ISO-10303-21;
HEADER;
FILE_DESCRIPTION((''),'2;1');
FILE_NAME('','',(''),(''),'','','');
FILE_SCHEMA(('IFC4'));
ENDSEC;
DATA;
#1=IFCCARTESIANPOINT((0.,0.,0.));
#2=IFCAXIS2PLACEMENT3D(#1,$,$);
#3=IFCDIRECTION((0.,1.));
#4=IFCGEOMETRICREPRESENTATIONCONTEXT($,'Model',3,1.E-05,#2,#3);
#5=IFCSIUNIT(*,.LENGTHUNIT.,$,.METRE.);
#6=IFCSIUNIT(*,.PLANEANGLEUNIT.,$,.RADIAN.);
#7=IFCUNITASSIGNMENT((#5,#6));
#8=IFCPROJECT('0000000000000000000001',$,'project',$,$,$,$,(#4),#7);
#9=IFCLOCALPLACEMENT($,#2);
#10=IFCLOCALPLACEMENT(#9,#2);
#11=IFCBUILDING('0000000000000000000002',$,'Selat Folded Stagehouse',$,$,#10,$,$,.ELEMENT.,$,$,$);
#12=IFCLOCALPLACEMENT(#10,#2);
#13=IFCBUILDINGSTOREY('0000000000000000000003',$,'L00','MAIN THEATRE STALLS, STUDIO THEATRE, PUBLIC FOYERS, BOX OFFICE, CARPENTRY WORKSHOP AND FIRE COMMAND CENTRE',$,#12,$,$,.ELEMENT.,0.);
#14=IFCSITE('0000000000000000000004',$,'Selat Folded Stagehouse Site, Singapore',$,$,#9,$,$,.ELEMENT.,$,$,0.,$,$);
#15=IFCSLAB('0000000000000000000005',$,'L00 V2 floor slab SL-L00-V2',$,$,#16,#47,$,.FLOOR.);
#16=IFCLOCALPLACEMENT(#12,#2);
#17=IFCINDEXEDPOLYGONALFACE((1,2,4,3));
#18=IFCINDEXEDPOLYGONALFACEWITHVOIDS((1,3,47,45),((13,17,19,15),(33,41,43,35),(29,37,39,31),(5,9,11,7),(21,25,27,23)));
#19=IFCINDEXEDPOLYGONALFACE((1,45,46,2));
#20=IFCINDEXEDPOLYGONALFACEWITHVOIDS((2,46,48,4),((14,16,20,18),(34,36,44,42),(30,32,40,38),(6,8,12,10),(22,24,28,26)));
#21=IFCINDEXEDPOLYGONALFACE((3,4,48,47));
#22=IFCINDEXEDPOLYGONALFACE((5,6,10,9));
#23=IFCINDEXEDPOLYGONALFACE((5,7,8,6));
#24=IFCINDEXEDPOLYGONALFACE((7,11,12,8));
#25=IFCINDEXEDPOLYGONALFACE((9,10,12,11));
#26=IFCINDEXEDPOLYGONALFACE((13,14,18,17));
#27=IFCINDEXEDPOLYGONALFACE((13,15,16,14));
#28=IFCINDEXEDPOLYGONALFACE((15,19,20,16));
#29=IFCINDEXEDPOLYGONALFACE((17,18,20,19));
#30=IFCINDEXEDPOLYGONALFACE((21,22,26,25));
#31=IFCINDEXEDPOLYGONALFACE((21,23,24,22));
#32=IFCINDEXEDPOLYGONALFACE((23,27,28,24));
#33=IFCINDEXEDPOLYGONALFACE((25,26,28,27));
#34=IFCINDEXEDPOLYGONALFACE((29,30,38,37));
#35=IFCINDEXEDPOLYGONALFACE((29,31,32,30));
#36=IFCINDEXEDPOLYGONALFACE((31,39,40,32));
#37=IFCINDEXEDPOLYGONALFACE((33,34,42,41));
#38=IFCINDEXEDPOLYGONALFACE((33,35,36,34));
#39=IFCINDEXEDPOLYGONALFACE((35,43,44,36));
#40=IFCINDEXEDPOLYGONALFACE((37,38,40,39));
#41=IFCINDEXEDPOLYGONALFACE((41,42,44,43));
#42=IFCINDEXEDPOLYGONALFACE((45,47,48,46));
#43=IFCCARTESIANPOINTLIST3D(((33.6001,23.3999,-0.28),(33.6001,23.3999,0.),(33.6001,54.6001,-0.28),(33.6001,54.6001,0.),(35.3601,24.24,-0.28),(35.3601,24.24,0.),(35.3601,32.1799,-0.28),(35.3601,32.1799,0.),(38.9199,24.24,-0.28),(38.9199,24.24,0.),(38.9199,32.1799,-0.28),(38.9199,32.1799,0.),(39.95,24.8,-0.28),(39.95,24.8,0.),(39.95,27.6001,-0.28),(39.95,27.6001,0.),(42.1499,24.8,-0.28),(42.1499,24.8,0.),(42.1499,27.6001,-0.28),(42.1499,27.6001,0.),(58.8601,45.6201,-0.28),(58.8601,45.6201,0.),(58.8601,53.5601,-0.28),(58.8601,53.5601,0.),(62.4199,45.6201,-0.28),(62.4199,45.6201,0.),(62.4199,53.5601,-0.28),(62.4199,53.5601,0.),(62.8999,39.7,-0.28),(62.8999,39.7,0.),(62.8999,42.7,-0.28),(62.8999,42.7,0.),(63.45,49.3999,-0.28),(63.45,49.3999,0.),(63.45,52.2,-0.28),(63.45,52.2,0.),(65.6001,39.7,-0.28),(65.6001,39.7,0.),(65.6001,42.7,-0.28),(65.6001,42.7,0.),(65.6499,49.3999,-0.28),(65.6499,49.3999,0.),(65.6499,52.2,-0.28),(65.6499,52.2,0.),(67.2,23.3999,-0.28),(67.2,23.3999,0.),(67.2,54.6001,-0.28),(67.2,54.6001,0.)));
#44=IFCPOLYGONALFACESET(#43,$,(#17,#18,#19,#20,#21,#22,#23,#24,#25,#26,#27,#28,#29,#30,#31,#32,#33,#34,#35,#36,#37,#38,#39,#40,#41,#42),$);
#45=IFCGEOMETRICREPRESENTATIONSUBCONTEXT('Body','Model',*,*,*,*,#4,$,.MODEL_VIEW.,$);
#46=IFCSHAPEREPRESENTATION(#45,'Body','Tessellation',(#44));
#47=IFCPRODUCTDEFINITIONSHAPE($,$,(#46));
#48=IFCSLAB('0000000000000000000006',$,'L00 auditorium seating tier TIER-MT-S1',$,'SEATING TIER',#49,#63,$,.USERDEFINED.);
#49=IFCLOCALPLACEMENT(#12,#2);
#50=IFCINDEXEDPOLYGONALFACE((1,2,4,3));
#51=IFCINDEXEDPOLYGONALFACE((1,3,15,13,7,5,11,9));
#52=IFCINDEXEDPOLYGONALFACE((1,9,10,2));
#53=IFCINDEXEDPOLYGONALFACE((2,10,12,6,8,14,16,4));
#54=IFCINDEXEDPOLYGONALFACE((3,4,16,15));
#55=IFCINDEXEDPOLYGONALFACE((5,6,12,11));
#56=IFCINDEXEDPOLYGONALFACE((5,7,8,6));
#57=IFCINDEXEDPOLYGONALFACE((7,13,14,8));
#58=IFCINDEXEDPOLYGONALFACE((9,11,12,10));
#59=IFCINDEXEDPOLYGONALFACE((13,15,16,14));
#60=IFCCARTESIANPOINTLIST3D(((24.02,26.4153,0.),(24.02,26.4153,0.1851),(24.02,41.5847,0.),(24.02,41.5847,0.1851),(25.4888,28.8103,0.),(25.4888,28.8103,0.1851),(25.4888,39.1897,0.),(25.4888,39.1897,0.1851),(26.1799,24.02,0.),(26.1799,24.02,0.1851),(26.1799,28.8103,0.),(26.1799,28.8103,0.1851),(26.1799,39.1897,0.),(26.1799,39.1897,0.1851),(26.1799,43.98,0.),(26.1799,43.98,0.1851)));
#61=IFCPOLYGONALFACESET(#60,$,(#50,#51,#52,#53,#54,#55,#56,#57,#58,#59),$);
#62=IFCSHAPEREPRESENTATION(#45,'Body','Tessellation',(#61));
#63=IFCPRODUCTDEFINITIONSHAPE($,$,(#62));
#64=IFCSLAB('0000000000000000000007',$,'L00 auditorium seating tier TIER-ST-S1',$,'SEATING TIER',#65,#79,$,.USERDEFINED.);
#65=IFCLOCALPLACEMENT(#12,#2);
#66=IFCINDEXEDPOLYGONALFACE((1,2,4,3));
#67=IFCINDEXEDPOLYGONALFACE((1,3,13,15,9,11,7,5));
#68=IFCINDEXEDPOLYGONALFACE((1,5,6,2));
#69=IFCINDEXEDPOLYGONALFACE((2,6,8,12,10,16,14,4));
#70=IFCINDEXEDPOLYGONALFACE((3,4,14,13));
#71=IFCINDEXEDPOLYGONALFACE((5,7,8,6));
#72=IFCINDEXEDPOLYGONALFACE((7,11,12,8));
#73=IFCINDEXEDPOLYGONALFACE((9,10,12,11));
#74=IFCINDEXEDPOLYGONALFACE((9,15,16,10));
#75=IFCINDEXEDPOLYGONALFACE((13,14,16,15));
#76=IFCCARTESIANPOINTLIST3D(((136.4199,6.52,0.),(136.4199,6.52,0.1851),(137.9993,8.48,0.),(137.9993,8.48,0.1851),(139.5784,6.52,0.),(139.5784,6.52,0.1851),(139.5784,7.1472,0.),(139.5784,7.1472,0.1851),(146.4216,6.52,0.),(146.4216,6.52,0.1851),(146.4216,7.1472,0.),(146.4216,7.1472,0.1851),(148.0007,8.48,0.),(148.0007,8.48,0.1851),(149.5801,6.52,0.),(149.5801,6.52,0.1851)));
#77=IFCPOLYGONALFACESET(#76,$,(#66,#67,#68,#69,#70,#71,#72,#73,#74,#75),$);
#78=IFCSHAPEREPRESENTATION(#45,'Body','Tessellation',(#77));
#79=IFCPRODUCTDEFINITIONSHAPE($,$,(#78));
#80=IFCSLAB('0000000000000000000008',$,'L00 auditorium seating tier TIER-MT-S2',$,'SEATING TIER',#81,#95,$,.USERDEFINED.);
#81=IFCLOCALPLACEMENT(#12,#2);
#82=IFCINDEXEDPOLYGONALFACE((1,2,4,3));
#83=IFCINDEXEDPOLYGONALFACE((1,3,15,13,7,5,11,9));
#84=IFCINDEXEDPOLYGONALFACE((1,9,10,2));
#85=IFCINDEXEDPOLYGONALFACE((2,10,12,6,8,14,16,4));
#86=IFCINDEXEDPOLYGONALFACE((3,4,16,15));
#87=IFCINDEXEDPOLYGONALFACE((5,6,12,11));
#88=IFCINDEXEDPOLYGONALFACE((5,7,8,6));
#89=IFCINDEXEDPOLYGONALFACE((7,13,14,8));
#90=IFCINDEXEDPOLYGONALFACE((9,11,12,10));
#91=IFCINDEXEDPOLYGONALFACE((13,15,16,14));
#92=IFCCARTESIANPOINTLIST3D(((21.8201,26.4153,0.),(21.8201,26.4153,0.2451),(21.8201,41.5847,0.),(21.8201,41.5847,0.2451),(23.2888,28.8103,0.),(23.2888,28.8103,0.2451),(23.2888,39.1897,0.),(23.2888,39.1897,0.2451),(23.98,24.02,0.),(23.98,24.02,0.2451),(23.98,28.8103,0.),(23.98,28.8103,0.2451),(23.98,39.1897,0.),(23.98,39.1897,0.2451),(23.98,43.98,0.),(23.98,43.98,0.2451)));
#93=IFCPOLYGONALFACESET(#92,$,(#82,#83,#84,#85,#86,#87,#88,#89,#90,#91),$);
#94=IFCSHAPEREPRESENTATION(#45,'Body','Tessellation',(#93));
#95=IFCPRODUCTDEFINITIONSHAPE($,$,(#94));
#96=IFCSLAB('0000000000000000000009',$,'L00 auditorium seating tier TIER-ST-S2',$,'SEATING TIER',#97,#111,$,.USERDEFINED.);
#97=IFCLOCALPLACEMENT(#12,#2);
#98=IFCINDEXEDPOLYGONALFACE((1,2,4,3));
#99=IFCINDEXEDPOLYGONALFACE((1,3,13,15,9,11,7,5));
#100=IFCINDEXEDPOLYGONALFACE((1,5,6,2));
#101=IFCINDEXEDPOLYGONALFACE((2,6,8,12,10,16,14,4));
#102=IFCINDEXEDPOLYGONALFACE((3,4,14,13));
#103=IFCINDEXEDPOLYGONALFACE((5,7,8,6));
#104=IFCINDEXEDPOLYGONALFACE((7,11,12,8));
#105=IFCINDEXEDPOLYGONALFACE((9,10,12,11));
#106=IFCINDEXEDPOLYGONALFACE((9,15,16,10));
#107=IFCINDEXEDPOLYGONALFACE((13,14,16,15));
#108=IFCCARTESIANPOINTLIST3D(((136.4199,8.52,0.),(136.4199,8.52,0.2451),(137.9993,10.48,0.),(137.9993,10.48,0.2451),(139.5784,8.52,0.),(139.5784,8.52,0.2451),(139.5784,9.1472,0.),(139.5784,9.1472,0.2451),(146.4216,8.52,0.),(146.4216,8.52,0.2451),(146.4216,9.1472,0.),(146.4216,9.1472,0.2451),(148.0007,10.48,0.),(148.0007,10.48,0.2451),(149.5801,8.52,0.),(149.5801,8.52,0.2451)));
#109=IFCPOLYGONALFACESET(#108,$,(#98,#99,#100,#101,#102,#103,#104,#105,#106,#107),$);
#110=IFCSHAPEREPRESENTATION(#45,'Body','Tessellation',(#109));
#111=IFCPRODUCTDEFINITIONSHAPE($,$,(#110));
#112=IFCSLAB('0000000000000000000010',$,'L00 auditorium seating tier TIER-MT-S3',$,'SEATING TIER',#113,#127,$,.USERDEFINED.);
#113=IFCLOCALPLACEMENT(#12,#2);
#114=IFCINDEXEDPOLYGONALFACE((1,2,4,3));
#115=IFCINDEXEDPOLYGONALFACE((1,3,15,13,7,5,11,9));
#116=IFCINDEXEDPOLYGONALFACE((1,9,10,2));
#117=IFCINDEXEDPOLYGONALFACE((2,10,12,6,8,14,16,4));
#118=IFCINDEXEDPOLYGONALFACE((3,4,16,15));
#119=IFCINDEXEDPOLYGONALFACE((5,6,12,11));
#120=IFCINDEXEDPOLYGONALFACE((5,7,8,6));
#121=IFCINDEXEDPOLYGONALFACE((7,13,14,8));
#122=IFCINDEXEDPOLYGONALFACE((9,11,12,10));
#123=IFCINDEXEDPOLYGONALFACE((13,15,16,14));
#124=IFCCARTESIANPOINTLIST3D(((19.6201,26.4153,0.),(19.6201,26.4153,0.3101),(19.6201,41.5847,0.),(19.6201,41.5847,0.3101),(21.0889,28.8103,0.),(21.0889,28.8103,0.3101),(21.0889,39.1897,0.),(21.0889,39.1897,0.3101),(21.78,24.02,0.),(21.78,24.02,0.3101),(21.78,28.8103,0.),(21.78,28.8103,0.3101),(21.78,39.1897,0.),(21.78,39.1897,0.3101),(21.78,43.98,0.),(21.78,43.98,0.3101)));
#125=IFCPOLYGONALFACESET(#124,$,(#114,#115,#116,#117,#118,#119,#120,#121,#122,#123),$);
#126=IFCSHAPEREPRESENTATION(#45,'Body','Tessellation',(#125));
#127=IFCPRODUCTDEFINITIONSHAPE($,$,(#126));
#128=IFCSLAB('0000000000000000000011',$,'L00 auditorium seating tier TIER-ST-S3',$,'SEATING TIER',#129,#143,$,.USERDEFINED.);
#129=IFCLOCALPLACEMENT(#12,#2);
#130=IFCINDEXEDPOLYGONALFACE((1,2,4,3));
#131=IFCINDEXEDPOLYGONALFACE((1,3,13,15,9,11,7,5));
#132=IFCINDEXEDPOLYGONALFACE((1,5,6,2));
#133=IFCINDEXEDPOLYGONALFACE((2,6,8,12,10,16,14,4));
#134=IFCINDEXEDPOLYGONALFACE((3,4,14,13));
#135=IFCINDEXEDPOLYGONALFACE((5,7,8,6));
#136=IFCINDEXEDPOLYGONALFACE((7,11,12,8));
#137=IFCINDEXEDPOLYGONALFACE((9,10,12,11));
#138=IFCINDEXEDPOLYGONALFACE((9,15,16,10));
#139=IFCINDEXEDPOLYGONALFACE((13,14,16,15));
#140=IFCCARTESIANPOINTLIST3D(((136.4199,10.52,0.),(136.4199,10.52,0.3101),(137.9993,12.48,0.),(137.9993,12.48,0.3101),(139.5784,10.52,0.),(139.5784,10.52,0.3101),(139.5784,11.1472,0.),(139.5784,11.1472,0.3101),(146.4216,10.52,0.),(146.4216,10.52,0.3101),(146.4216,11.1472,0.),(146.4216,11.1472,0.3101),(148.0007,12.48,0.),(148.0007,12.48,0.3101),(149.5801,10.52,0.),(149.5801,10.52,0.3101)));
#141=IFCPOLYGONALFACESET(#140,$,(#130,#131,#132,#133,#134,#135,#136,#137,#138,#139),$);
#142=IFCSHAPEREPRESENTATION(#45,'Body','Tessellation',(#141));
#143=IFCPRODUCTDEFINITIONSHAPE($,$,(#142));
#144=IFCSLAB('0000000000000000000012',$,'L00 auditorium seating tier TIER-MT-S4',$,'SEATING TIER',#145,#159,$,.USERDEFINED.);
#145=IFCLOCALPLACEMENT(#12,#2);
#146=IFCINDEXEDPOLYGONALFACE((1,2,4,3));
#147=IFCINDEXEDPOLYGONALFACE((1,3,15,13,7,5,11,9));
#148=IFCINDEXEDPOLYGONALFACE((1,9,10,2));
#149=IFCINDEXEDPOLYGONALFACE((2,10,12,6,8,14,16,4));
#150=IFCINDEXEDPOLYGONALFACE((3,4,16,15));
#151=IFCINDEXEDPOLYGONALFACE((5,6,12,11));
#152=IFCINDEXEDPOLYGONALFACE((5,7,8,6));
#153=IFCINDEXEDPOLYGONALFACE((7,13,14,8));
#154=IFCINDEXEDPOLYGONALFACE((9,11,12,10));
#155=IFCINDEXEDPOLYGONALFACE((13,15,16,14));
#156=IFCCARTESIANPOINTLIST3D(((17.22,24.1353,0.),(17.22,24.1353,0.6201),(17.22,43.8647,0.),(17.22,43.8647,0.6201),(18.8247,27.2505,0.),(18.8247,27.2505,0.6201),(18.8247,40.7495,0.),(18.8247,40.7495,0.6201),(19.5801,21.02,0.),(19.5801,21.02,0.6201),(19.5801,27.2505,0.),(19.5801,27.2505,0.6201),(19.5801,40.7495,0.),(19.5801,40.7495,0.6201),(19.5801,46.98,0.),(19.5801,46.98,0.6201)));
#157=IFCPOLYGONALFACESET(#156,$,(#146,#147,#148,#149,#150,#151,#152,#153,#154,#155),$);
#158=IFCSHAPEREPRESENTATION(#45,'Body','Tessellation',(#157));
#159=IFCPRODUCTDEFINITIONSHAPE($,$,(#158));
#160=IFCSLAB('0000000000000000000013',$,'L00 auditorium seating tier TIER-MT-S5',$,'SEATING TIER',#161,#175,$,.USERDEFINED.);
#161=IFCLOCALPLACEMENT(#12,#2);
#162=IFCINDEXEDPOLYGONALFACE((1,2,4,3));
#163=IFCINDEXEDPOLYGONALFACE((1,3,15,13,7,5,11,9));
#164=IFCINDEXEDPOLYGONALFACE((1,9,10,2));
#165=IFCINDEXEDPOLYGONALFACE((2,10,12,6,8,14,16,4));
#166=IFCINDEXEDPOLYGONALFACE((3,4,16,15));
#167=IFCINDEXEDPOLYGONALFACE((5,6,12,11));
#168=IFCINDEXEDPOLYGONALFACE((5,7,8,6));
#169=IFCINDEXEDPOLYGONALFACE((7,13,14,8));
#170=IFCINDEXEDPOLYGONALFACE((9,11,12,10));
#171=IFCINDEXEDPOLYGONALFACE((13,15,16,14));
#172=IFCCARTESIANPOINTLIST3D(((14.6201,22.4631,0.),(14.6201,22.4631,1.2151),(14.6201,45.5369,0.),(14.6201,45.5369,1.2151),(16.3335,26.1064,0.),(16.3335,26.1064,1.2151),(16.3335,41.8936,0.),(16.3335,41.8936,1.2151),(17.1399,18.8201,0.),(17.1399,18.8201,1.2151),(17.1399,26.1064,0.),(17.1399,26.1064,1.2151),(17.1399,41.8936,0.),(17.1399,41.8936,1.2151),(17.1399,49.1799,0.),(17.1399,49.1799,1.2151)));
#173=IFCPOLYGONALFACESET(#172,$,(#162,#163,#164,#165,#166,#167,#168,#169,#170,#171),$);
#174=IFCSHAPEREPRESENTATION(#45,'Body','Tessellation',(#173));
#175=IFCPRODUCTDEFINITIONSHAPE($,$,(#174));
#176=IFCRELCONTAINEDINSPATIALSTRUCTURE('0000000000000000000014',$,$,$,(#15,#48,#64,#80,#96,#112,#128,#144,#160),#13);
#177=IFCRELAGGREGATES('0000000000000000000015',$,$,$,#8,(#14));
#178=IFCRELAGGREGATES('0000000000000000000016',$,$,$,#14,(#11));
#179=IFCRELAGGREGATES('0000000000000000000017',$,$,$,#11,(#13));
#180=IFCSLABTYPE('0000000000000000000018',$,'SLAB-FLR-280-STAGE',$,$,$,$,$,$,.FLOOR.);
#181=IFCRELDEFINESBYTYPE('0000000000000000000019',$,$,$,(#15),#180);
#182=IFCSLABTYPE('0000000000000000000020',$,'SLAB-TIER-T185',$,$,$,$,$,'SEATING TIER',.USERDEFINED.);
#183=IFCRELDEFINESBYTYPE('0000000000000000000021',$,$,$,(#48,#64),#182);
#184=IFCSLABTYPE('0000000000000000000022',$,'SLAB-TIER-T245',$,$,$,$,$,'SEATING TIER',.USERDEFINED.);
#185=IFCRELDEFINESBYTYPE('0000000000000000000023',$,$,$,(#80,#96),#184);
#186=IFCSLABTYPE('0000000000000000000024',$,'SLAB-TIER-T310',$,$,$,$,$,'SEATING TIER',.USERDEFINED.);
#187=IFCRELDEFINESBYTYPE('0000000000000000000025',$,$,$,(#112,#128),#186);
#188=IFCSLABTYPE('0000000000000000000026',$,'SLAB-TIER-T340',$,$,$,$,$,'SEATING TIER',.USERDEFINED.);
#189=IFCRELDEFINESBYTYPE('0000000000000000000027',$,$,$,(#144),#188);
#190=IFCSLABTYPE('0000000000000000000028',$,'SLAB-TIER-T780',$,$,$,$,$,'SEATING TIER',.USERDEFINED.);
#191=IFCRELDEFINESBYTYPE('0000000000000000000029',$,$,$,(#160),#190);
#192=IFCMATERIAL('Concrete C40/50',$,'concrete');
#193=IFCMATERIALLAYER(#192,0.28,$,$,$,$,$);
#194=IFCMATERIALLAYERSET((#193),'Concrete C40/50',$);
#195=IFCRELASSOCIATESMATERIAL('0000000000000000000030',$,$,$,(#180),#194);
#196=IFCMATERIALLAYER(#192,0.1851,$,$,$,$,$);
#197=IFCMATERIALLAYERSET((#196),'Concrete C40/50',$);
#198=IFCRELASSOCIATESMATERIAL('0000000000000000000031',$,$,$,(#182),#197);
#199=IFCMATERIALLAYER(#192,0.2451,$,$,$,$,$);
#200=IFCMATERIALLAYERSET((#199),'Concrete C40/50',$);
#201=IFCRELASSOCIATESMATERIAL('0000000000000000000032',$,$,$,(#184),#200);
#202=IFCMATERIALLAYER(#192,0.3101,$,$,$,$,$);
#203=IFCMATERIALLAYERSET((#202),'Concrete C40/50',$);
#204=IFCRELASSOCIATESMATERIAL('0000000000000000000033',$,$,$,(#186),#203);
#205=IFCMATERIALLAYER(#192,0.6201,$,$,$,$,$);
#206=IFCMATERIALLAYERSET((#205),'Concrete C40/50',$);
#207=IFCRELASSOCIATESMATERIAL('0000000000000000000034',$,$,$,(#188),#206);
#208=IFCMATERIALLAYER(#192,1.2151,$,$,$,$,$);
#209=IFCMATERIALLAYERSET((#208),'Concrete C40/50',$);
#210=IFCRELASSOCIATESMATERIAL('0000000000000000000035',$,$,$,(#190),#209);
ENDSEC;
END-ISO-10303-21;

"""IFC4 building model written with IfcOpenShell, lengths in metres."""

from ifc_helpers import new_model, si_unit, direction, frame, origin, place, context, subcontext, project, spatial, polyline, outline, extrude, material, layer, layer_set, type_object, element, save


model = new_model("IFC4")

# Units and contexts
model_context = context("Model", 3, precision=1e-05, world=origin(), true_north=direction((0.0, 1.0)))
body_context = subcontext(model_context, "Body", "Model", "MODEL_VIEW")
ifc_project = project(units=[si_unit("LENGTHUNIT", "METRE"), si_unit("PLANEANGLEUNIT", "RADIAN")], contexts=[model_context])

# Site, building, storey
site_placement = place(None, origin())
site = spatial("IfcSite", under=ifc_project, at=site_placement, Name="Selat Folded Stagehouse Site, Singapore", CompositionType="ELEMENT", RefElevation=0.0)
building_placement = place(site_placement, origin())
building = spatial("IfcBuilding", under=site, at=building_placement, Name="Selat Folded Stagehouse", CompositionType="ELEMENT")
storey_placement = place(building_placement, origin())
storey = spatial("IfcBuildingStorey", under=building, at=storey_placement, Name="L00", Description="MAIN THEATRE STALLS, STUDIO THEATRE, PUBLIC FOYERS, BOX OFFICE, CARPENTRY WORKSHOP AND FIRE COMMAND CENTRE", CompositionType="ELEMENT", Elevation=0.0)

# Slabs
ifc_material_1 = material(Name="Concrete C40/50", Category="concrete")
ifc_layer_1 = layer(ifc_material_1, 0.28)
ifc_layer_set_1 = layer_set([ifc_layer_1], Name="Concrete C40/50")
slab_type_1 = type_object("IfcSlabType", Name="SLAB-FLR-280-STAGE", PredefinedType="FLOOR", material=ifc_layer_set_1)
slab_1_placement = place(storey_placement, frame((0.0, 0.0, -0.28)))
element("IfcSlab", 1, at=slab_1_placement, inside=storey, type_object=slab_type_1, Name="L00 V2 floor slab SL-L00-V2", PredefinedType="FLOOR", context=body_context, shape_type="SweptSolid", body=[
    extrude(outline(polyline([(33.6001, 23.3999), (67.2, 23.3999), (67.2, 54.6001), (33.6001, 54.6001), (33.6001, 23.3999)]), holes=[polyline([(39.95, 24.8), (39.95, 27.6001), (42.1499, 27.6001), (42.1499, 24.8), (39.95, 24.8)]), polyline([(35.3601, 24.24), (35.3601, 32.1799), (38.9199, 32.1799), (38.9199, 24.24), (35.3601, 24.24)]), polyline([(62.8999, 39.7), (62.8999, 42.7), (65.6001, 42.7), (65.6001, 39.7), (62.8999, 39.7)]), polyline([(58.8601, 53.5601), (62.4199, 53.5601), (62.4199, 45.6201), (58.8601, 45.6201), (58.8601, 53.5601)]), polyline([(63.45, 52.2), (65.6499, 52.2), (65.6499, 49.3999), (63.45, 49.3999), (63.45, 52.2)])]), origin(), (0.0, 0.0, 1.0), 0.28),
])
ifc_layer_2 = layer(ifc_material_1, 0.1851)
ifc_layer_set_2 = layer_set([ifc_layer_2], Name="Concrete C40/50")
slab_type_2 = type_object("IfcSlabType", Name="SLAB-TIER-T185", ElementType="SEATING TIER", PredefinedType="USERDEFINED", material=ifc_layer_set_2)
slab_2_placement = place(storey_placement, origin())
element("IfcSlab", 2, at=slab_2_placement, inside=storey, type_object=slab_type_2, Name="L00 auditorium seating tier TIER-MT-S1", ObjectType="SEATING TIER", PredefinedType="USERDEFINED", context=body_context, shape_type="SweptSolid", body=[
    extrude(outline(polyline([(24.02, 26.4153), (26.1799, 24.02), (26.1799, 28.8103), (25.4888, 28.8103), (25.4888, 39.1897), (26.1799, 39.1897), (26.1799, 43.98), (24.02, 41.5847), (24.02, 26.4153)])), origin(), (0.0, 0.0, 1.0), 0.1851),
])
slab_3_placement = place(storey_placement, origin())
element("IfcSlab", 3, at=slab_3_placement, inside=storey, type_object=slab_type_2, Name="L00 auditorium seating tier TIER-ST-S1", ObjectType="SEATING TIER", PredefinedType="USERDEFINED", context=body_context, shape_type="SweptSolid", body=[
    extrude(outline(polyline([(137.9993, 8.48), (136.4199, 6.52), (139.5784, 6.52), (139.5784, 7.1472), (146.4216, 7.1472), (146.4216, 6.52), (149.5801, 6.52), (148.0007, 8.48), (137.9993, 8.48)])), origin(), (0.0, 0.0, 1.0), 0.1851),
])
ifc_layer_3 = layer(ifc_material_1, 0.2451)
ifc_layer_set_3 = layer_set([ifc_layer_3], Name="Concrete C40/50")
slab_type_3 = type_object("IfcSlabType", Name="SLAB-TIER-T245", ElementType="SEATING TIER", PredefinedType="USERDEFINED", material=ifc_layer_set_3)
slab_4_placement = place(storey_placement, origin())
element("IfcSlab", 4, at=slab_4_placement, inside=storey, type_object=slab_type_3, Name="L00 auditorium seating tier TIER-MT-S2", ObjectType="SEATING TIER", PredefinedType="USERDEFINED", context=body_context, shape_type="SweptSolid", body=[
    extrude(outline(polyline([(21.8201, 26.4153), (23.98, 24.02), (23.98, 28.8103), (23.2888, 28.8103), (23.2888, 39.1897), (23.98, 39.1897), (23.98, 43.98), (21.8201, 41.5847), (21.8201, 26.4153)])), origin(), (0.0, 0.0, 1.0), 0.2451),
])
slab_5_placement = place(storey_placement, origin())
element("IfcSlab", 5, at=slab_5_placement, inside=storey, type_object=slab_type_3, Name="L00 auditorium seating tier TIER-ST-S2", ObjectType="SEATING TIER", PredefinedType="USERDEFINED", context=body_context, shape_type="SweptSolid", body=[
    extrude(outline(polyline([(137.9993, 10.48), (136.4199, 8.52), (139.5784, 8.52), (139.5784, 9.1472), (146.4216, 9.1472), (146.4216, 8.52), (149.5801, 8.52), (148.0007, 10.48), (137.9993, 10.48)])), origin(), (0.0, 0.0, 1.0), 0.2451),
])
ifc_layer_4 = layer(ifc_material_1, 0.3101)
ifc_layer_set_4 = layer_set([ifc_layer_4], Name="Concrete C40/50")
slab_type_4 = type_object("IfcSlabType", Name="SLAB-TIER-T310", ElementType="SEATING TIER", PredefinedType="USERDEFINED", material=ifc_layer_set_4)
slab_6_placement = place(storey_placement, origin())
element("IfcSlab", 6, at=slab_6_placement, inside=storey, type_object=slab_type_4, Name="L00 auditorium seating tier TIER-MT-S3", ObjectType="SEATING TIER", PredefinedType="USERDEFINED", context=body_context, shape_type="SweptSolid", body=[
    extrude(outline(polyline([(19.6201, 26.4153), (21.78, 24.02), (21.78, 28.8103), (21.0889, 28.8103), (21.0889, 39.1897), (21.78, 39.1897), (21.78, 43.98), (19.6201, 41.5847), (19.6201, 26.4153)])), origin(), (0.0, 0.0, 1.0), 0.3101),
])
slab_7_placement = place(storey_placement, origin())
element("IfcSlab", 7, at=slab_7_placement, inside=storey, type_object=slab_type_4, Name="L00 auditorium seating tier TIER-ST-S3", ObjectType="SEATING TIER", PredefinedType="USERDEFINED", context=body_context, shape_type="SweptSolid", body=[
    extrude(outline(polyline([(137.9993, 12.48), (136.4199, 10.52), (139.5784, 10.52), (139.5784, 11.1472), (146.4216, 11.1472), (146.4216, 10.52), (149.5801, 10.52), (148.0007, 12.48), (137.9993, 12.48)])), origin(), (0.0, 0.0, 1.0), 0.3101),
])
ifc_layer_5 = layer(ifc_material_1, 0.6201)
ifc_layer_set_5 = layer_set([ifc_layer_5], Name="Concrete C40/50")
slab_type_5 = type_object("IfcSlabType", Name="SLAB-TIER-T340", ElementType="SEATING TIER", PredefinedType="USERDEFINED", material=ifc_layer_set_5)
slab_8_placement = place(storey_placement, origin())
element("IfcSlab", 8, at=slab_8_placement, inside=storey, type_object=slab_type_5, Name="L00 auditorium seating tier TIER-MT-S4", ObjectType="SEATING TIER", PredefinedType="USERDEFINED", context=body_context, shape_type="SweptSolid", body=[
    extrude(outline(polyline([(17.22, 24.1353), (19.5801, 21.02), (19.5801, 27.2505), (18.8247, 27.2505), (18.8247, 40.7495), (19.5801, 40.7495), (19.5801, 46.98), (17.22, 43.8647), (17.22, 24.1353)])), origin(), (0.0, 0.0, 1.0), 0.6201),
])
ifc_layer_6 = layer(ifc_material_1, 1.2151)
ifc_layer_set_6 = layer_set([ifc_layer_6], Name="Concrete C40/50")
slab_type_6 = type_object("IfcSlabType", Name="SLAB-TIER-T780", ElementType="SEATING TIER", PredefinedType="USERDEFINED", material=ifc_layer_set_6)
slab_9_placement = place(storey_placement, origin())
element("IfcSlab", 9, at=slab_9_placement, inside=storey, type_object=slab_type_6, Name="L00 auditorium seating tier TIER-MT-S5", ObjectType="SEATING TIER", PredefinedType="USERDEFINED", context=body_context, shape_type="SweptSolid", body=[
    extrude(outline(polyline([(14.6201, 22.4631), (17.1399, 18.8201), (17.1399, 26.1064), (16.3335, 26.1064), (16.3335, 41.8936), (17.1399, 41.8936), (17.1399, 49.1799), (14.6201, 45.5369), (14.6201, 22.4631)])), origin(), (0.0, 0.0, 1.0), 1.2151),
])

save(model, "model.ifc")
